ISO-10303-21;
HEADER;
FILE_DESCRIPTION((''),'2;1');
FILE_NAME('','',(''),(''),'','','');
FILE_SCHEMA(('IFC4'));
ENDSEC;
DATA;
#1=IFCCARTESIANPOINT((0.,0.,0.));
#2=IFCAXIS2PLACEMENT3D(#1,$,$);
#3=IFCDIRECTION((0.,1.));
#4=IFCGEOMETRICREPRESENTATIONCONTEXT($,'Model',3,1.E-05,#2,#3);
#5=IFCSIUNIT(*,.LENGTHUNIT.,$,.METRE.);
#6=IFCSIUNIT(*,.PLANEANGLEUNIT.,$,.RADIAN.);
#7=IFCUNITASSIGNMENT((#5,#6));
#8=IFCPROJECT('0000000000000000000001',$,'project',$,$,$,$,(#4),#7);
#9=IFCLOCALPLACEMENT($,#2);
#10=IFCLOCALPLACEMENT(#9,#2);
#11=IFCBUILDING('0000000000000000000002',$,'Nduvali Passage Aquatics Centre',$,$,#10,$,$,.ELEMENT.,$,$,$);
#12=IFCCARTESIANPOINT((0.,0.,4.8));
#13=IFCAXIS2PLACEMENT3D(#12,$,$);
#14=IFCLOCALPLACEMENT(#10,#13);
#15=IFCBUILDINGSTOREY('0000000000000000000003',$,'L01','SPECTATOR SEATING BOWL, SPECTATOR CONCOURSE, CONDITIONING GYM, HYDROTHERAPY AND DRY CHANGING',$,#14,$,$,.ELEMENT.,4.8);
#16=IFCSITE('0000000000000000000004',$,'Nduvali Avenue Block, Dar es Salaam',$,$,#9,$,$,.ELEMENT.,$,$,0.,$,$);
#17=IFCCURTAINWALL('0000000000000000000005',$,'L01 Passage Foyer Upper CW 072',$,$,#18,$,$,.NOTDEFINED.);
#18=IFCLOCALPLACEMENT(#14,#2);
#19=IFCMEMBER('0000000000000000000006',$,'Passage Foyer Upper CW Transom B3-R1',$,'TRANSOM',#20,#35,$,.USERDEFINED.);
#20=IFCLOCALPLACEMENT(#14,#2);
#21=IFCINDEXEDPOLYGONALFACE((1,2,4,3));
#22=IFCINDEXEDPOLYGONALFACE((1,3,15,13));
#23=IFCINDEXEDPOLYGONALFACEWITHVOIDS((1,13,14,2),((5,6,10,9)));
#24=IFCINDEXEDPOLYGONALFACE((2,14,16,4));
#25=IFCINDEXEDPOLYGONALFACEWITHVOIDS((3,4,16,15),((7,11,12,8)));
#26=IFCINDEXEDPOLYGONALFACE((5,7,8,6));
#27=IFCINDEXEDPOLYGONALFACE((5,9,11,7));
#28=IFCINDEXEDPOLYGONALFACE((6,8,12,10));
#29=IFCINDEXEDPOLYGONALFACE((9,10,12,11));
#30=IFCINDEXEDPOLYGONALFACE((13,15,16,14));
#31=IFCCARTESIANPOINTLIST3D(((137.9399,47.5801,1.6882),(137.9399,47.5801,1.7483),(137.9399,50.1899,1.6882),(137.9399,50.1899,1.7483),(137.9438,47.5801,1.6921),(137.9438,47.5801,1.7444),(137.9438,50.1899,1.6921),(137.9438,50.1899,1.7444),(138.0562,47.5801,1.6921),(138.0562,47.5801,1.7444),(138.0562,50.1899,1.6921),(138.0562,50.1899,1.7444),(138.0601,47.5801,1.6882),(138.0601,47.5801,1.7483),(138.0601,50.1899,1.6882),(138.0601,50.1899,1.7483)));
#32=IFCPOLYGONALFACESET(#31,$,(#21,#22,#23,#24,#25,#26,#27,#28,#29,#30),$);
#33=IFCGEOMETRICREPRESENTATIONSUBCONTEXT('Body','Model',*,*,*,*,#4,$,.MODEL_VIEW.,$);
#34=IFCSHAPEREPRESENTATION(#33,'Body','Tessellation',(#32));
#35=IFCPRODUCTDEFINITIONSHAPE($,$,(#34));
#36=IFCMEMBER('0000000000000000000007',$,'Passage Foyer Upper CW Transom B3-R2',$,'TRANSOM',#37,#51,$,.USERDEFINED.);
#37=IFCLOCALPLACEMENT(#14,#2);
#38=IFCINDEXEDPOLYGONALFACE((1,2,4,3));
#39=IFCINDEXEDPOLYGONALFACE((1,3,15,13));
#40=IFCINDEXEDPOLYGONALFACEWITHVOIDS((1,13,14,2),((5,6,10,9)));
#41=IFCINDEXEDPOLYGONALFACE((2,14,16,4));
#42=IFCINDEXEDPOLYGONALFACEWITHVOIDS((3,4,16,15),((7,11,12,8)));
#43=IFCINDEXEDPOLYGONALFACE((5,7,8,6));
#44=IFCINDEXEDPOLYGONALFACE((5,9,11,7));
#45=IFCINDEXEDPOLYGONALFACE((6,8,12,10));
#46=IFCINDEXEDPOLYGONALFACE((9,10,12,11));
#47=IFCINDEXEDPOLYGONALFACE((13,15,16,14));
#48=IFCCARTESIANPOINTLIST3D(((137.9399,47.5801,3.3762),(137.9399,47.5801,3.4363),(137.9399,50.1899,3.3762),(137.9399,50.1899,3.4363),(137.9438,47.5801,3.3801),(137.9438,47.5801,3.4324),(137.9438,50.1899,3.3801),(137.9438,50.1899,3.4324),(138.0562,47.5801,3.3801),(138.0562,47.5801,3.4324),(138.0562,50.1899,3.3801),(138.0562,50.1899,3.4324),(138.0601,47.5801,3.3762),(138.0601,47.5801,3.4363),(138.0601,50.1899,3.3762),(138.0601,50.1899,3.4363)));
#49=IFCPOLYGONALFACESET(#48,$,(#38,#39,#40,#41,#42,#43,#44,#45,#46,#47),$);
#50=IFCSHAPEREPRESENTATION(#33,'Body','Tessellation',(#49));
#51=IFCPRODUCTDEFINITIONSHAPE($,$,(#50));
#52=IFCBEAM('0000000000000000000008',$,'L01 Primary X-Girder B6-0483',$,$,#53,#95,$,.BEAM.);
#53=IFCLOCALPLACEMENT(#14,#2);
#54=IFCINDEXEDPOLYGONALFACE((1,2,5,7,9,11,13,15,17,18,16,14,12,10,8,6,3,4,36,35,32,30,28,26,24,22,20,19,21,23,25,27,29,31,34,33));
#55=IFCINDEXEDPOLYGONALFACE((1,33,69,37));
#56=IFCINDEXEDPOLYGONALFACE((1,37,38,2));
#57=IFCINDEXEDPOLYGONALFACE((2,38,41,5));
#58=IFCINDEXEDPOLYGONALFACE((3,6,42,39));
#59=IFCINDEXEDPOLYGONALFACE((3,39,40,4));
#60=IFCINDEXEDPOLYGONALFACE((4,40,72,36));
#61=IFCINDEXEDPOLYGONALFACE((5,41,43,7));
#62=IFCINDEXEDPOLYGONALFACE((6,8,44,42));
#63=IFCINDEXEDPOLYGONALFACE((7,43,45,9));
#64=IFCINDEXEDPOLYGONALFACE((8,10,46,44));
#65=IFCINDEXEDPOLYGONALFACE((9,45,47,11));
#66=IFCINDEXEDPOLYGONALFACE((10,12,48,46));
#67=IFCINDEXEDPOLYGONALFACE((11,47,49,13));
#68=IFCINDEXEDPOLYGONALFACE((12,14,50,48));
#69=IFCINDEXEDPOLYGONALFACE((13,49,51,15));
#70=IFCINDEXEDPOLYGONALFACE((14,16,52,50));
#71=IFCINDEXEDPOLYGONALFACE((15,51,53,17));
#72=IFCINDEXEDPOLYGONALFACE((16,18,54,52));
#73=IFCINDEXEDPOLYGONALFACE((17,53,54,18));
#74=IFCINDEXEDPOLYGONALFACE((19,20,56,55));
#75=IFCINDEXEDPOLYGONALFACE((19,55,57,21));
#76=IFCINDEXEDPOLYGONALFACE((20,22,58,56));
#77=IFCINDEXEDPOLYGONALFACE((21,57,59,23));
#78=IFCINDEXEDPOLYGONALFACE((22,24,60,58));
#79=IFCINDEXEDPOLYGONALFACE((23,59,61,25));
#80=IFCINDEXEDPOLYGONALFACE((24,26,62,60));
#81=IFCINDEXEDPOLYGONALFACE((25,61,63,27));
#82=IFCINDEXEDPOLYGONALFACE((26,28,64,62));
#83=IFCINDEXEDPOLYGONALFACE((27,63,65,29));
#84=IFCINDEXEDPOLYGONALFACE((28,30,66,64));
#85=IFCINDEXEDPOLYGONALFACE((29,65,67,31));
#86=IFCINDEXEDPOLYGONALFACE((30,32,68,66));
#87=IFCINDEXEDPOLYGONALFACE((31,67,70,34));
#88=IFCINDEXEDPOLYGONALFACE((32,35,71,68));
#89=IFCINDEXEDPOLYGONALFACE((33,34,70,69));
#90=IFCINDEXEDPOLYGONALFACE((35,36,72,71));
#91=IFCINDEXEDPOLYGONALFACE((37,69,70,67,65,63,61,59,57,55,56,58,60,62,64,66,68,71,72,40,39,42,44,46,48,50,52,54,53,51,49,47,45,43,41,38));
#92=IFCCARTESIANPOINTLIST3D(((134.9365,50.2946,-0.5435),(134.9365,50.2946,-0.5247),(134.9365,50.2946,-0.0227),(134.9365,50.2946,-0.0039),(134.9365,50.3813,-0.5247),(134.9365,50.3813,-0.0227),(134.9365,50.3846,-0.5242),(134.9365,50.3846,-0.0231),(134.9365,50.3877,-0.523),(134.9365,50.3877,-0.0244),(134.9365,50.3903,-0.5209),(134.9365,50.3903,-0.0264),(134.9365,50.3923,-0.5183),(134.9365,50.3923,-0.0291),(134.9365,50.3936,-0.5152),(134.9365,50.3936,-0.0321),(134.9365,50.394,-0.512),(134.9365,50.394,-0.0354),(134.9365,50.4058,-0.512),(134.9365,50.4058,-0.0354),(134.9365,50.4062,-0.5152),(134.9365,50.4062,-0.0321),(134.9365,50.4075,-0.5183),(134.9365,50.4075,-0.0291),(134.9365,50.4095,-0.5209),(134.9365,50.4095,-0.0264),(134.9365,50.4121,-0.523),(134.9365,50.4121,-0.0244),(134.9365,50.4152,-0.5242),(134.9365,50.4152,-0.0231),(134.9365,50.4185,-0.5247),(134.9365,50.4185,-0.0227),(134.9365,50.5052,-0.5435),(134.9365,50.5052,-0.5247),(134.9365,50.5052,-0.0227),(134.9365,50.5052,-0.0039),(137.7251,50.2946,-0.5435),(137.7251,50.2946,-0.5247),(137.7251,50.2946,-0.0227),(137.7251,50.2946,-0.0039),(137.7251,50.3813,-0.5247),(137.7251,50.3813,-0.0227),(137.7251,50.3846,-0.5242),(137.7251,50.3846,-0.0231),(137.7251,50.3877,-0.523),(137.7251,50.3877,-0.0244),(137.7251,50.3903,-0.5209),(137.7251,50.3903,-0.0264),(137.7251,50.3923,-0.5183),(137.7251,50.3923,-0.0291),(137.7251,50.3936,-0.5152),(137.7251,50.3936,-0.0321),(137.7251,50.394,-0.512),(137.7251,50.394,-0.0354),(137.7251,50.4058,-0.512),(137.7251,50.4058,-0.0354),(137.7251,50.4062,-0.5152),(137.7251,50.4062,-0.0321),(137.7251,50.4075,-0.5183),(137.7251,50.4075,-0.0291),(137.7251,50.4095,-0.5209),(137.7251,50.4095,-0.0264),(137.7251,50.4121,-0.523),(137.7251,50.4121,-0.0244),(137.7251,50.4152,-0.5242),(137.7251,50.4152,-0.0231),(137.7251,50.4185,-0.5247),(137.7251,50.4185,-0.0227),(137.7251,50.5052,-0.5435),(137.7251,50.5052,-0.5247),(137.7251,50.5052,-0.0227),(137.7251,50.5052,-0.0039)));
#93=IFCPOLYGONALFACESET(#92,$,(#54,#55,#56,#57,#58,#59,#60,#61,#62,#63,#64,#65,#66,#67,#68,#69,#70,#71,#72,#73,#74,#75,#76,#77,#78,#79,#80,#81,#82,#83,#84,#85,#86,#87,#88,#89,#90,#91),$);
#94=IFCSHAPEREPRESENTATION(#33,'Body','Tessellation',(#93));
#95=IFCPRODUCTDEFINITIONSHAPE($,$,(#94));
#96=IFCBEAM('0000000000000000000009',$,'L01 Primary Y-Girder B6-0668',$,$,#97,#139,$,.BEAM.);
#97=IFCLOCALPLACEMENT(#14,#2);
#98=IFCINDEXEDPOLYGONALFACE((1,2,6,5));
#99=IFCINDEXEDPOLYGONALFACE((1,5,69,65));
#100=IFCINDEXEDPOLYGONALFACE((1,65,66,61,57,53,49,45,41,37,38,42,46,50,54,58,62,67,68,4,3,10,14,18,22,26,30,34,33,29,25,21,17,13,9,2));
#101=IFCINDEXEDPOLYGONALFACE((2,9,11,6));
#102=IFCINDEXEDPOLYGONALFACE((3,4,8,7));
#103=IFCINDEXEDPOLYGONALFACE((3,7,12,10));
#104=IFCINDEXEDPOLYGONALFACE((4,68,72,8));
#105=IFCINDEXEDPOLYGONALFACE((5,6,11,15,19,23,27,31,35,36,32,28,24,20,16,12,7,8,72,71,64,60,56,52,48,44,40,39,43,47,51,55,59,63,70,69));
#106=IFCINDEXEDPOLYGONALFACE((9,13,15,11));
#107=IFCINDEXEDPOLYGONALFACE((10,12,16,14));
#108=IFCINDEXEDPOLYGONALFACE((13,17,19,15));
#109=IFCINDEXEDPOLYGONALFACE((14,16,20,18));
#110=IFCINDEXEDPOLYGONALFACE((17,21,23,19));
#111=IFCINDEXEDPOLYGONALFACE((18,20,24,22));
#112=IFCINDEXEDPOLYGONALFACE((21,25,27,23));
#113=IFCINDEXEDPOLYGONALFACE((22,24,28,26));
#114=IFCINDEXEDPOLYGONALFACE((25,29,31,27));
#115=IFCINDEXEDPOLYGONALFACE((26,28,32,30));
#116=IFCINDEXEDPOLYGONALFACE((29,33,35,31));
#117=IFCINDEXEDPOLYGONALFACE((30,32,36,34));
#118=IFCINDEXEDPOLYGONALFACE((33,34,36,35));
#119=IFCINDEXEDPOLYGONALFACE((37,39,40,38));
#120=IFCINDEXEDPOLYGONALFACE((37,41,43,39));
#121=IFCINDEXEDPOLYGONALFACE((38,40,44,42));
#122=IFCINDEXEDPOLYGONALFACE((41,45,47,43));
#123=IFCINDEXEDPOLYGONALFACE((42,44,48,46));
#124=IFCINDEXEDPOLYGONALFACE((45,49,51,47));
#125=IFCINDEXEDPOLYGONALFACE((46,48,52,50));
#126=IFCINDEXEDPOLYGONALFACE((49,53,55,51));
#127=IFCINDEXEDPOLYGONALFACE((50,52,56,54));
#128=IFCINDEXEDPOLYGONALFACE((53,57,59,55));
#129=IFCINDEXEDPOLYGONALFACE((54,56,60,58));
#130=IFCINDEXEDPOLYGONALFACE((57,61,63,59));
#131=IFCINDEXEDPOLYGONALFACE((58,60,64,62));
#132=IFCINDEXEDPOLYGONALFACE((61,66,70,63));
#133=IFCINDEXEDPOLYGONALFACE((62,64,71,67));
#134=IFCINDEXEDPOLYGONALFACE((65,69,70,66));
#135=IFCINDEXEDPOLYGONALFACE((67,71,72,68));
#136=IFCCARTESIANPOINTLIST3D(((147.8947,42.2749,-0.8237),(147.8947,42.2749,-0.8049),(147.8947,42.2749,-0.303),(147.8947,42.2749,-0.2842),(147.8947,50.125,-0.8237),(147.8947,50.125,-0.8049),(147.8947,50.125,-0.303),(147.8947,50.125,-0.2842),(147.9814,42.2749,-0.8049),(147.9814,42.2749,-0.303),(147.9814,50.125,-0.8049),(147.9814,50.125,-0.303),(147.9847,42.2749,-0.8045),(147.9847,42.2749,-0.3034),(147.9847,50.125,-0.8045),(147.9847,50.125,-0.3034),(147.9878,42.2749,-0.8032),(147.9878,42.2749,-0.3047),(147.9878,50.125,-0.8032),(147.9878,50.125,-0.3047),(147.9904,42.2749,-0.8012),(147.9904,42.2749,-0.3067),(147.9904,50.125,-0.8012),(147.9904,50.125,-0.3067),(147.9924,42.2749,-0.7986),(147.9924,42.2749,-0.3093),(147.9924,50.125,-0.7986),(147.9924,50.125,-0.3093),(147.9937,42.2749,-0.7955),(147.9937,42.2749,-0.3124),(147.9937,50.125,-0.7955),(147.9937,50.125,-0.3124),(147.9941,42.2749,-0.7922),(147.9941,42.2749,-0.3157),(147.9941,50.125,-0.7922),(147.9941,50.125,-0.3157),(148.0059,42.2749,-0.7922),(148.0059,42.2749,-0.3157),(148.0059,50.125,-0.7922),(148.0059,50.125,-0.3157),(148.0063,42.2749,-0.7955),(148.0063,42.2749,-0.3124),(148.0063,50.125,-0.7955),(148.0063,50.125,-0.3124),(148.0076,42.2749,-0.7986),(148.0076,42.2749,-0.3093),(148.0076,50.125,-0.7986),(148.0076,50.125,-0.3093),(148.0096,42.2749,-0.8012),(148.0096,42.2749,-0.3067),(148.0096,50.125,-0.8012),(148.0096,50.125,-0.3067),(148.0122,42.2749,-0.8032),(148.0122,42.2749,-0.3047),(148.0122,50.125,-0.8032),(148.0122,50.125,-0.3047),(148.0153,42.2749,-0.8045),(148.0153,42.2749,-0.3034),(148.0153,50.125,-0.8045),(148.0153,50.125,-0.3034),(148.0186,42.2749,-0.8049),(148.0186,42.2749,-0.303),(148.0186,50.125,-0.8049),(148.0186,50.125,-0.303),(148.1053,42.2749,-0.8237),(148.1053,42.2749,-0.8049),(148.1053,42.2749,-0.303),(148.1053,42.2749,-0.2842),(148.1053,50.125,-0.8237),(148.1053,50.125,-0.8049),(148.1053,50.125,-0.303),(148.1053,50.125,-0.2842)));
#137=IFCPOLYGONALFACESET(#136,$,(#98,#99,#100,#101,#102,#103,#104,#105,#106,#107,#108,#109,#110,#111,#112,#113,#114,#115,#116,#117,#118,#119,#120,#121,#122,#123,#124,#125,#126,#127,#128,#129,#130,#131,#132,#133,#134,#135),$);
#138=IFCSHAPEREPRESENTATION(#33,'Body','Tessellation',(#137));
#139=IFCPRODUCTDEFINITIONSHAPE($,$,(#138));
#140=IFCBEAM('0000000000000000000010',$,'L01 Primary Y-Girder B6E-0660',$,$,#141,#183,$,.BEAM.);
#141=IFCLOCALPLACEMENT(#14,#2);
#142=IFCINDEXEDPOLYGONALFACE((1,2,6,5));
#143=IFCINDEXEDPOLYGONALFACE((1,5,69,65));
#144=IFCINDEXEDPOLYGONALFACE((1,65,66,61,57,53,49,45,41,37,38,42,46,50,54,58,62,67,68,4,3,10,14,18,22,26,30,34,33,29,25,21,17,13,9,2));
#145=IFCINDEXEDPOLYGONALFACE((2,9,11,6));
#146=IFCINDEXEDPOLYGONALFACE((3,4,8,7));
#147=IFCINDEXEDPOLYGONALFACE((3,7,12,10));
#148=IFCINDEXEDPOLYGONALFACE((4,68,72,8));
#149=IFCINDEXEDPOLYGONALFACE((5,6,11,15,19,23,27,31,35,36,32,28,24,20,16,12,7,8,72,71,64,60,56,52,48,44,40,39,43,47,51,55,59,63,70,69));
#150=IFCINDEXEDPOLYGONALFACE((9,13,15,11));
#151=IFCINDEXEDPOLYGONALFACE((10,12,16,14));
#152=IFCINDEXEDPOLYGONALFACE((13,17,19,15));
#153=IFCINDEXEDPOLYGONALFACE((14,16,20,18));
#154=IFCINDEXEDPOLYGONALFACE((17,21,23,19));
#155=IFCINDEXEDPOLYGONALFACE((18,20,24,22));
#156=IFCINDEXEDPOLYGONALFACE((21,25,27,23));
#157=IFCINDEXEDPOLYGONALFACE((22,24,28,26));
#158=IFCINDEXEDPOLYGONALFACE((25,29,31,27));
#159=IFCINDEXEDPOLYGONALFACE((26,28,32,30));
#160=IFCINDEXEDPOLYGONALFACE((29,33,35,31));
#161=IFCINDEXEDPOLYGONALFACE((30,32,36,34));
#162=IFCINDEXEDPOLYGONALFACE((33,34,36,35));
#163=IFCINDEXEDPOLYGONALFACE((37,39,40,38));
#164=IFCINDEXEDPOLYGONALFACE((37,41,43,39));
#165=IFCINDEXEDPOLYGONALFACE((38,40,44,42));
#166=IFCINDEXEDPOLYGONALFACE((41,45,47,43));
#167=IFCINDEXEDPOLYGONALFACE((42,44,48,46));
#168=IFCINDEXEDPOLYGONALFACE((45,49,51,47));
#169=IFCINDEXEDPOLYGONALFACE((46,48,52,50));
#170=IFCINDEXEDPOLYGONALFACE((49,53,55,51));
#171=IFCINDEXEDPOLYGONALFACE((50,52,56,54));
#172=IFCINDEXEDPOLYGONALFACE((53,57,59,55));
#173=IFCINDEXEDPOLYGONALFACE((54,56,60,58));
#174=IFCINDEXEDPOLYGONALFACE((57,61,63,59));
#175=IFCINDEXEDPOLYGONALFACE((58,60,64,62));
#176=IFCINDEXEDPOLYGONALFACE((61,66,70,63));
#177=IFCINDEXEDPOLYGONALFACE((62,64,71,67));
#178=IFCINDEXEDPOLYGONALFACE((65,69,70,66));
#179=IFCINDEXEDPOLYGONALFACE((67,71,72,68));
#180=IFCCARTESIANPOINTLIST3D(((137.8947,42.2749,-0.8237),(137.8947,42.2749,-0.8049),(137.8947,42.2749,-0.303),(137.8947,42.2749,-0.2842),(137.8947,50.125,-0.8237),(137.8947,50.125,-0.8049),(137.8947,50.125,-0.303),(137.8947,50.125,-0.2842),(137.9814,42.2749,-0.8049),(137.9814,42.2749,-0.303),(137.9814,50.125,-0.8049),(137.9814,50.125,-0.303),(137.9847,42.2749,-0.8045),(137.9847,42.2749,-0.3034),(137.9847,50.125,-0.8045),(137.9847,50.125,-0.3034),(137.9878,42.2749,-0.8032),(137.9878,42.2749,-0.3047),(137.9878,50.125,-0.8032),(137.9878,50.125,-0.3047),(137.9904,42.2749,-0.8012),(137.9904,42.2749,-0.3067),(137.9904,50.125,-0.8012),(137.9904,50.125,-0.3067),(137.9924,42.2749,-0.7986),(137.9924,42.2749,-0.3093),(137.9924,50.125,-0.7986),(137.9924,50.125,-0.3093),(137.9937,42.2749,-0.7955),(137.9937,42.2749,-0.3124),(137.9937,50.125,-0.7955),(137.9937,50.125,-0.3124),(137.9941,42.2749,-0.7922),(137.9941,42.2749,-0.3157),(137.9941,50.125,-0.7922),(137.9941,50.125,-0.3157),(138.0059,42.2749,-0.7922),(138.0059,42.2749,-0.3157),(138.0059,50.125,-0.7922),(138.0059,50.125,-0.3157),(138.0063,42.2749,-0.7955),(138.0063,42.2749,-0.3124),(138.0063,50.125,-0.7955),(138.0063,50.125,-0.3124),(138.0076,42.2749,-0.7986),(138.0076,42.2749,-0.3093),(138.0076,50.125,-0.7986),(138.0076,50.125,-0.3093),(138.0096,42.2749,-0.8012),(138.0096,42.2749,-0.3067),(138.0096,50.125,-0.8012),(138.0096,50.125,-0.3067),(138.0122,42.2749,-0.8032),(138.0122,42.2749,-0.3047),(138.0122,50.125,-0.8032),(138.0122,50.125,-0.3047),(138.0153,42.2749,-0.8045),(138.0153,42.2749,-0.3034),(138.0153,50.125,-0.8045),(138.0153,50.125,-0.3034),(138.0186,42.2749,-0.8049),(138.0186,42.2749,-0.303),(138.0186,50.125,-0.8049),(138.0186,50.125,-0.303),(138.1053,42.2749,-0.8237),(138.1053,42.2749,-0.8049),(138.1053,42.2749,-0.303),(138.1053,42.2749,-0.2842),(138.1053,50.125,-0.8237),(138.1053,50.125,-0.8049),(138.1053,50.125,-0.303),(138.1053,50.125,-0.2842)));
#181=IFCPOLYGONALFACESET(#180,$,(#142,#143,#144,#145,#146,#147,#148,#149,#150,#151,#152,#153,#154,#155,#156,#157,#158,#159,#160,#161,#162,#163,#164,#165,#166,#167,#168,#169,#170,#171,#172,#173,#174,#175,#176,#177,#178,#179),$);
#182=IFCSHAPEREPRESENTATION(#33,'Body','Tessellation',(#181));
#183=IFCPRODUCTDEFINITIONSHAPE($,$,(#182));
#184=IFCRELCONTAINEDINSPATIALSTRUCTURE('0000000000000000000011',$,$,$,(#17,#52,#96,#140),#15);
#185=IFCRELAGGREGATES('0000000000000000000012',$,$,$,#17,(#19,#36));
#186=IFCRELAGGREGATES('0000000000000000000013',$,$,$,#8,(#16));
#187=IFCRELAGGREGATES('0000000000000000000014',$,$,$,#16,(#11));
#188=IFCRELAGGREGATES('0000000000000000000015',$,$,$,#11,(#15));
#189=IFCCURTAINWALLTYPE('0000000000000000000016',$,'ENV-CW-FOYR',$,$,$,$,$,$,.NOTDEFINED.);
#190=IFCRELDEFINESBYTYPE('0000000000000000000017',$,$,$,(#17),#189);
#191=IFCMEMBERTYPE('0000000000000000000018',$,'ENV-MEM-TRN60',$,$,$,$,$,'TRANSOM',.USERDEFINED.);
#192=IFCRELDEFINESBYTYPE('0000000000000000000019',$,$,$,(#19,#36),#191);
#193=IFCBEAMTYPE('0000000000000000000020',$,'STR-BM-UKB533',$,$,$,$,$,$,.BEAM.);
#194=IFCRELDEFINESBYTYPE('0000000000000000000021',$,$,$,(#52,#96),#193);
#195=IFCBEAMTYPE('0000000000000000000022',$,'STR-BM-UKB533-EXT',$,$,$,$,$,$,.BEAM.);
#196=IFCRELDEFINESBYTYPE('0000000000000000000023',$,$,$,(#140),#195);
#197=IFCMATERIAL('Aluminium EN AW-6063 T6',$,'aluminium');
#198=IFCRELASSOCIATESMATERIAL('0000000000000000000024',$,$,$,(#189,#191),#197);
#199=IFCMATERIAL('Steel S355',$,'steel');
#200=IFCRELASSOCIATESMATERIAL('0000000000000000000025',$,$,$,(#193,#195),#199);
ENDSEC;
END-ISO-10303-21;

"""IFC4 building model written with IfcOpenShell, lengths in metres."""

from ifc_helpers import new_model, si_unit, direction, frame, origin, origin_2d, place, context, subcontext, project, spatial, hollow_rectangle, i_section, extrude, material, material_profile, profile_set, type_object, element, aggregate, save


model = new_model("IFC4")

# Units and contexts
model_context = context("Model", 3, precision=1e-05, world=origin(), true_north=direction((0.0, 1.0)))
body_context = subcontext(model_context, "Body", "Model", "MODEL_VIEW")
ifc_project = project(units=[si_unit("LENGTHUNIT", "METRE"), si_unit("PLANEANGLEUNIT", "RADIAN")], contexts=[model_context])

# Site, building, storey
site_placement = place(None, origin())
site = spatial("IfcSite", under=ifc_project, at=site_placement, Name="Nduvali Avenue Block, Dar es Salaam", CompositionType="ELEMENT", RefElevation=0.0)
building_placement = place(site_placement, origin())
building = spatial("IfcBuilding", under=site, at=building_placement, Name="Nduvali Passage Aquatics Centre", CompositionType="ELEMENT")
storey_placement = place(building_placement, frame((0.0, 0.0, 4.8)))
storey = spatial("IfcBuildingStorey", under=building, at=storey_placement, Name="L01", Description="SPECTATOR SEATING BOWL, SPECTATOR CONCOURSE, CONDITIONING GYM, HYDROTHERAPY AND DRY CHANGING", CompositionType="ELEMENT", Elevation=4.8)

# Shared definitions
ifc_material_1 = material(Name="Steel S355", Category="steel")

# Curtain wall
ifc_material_2 = material(Name="Aluminium EN AW-6063 T6", Category="aluminium")
curtain_wall_type = type_object("IfcCurtainWallType", Name="ENV-CW-FOYR", PredefinedType="NOTDEFINED", material=ifc_material_2)
curtain_wall_1_placement = place(storey_placement, origin())
curtain_wall_1 = element("IfcCurtainWall", 1, at=curtain_wall_1_placement, inside=storey, type_object=curtain_wall_type, Name="L01 Passage Foyer Upper CW 072", PredefinedType="NOTDEFINED")

# Members
ifc_material_profile_1 = material_profile(ifc_material_2, hollow_rectangle(XDim=0.1201, YDim=0.0601, WallThickness=0.0039, at=origin_2d()), Name="ALU TRANSOM 120x60x4")
ifc_profile_set_1 = profile_set([ifc_material_profile_1], Name="Aluminium EN AW-6063 T6")
member_type_1 = type_object("IfcMemberType", Name="ENV-MEM-TRN60", ElementType="TRANSOM", PredefinedType="USERDEFINED", material=ifc_profile_set_1)
member_1_placement = place(storey_placement, frame((138.0, 47.5801, 1.7183), z_axis=(0.0, 1.0, 0.0), x_axis=(-1.0, 0.0, 0.0)))
member_1 = element("IfcMember", 2, at=member_1_placement, type_object=member_type_1, Name="Passage Foyer Upper CW Transom B3-R1", ObjectType="TRANSOM", PredefinedType="USERDEFINED", context=body_context, shape_type="SweptSolid", body=[
    extrude(hollow_rectangle(XDim=0.1201, YDim=0.0601, WallThickness=0.0039, at=origin_2d()), origin(), (0.0, 0.0, 1.0), 2.6099),
])
member_2_placement = place(storey_placement, frame((138.0, 47.5801, 3.4062), z_axis=(0.0, 1.0, 0.0), x_axis=(-1.0, 0.0, 0.0)))
member_2 = element("IfcMember", 3, at=member_2_placement, type_object=member_type_1, Name="Passage Foyer Upper CW Transom B3-R2", ObjectType="TRANSOM", PredefinedType="USERDEFINED", context=body_context, shape_type="SweptSolid", body=[
    extrude(hollow_rectangle(XDim=0.1201, YDim=0.0601, WallThickness=0.0039, at=origin_2d()), origin(), (0.0, 0.0, 1.0), 2.6099),
])

# Beams
ifc_material_profile_2 = material_profile(ifc_material_1, i_section(OverallWidth=0.2107, OverallDepth=0.5396, WebThickness=0.0117, FlangeThickness=0.0188, FilletRadius=0.0127, at=origin_2d()), Name="UKB 533x210x109")
ifc_profile_set_2 = profile_set([ifc_material_profile_2], Name="Steel S355")
beam_type_1 = type_object("IfcBeamType", Name="STR-BM-UKB533", PredefinedType="BEAM", material=ifc_profile_set_2)
beam_1_placement = place(storey_placement, frame((134.9365, 50.3999, -0.2737), z_axis=(1.0, 0.0, 0.0), x_axis=(0.0, 1.0, 0.0)))
element("IfcBeam", 4, at=beam_1_placement, inside=storey, type_object=beam_type_1, Name="L01 Primary X-Girder B6-0483", PredefinedType="BEAM", context=body_context, shape_type="SweptSolid", body=[
    extrude(i_section(OverallWidth=0.2107, OverallDepth=0.5396, WebThickness=0.0117, FlangeThickness=0.0188, FilletRadius=0.0127, at=origin_2d()), origin(), (0.0, 0.0, 1.0), 2.7886),
])
beam_2_placement = place(storey_placement, frame((148.0, 42.2749, -0.554), z_axis=(0.0, 1.0, 0.0), x_axis=(-1.0, 0.0, 0.0)))
element("IfcBeam", 5, at=beam_2_placement, inside=storey, type_object=beam_type_1, Name="L01 Primary Y-Girder B6-0668", PredefinedType="BEAM", context=body_context, shape_type="SweptSolid", body=[
    extrude(i_section(OverallWidth=0.2107, OverallDepth=0.5396, WebThickness=0.0117, FlangeThickness=0.0188, FilletRadius=0.0127, at=origin_2d()), origin(), (0.0, 0.0, 1.0), 7.8501),
])
ifc_material_profile_3 = material_profile(ifc_material_1, i_section(OverallWidth=0.2107, OverallDepth=0.5396, WebThickness=0.0117, FlangeThickness=0.0188, FilletRadius=0.0127, at=origin_2d()), Name="UKB 533x210x109")
ifc_profile_set_3 = profile_set([ifc_material_profile_3], Name="Steel S355")
beam_type_2 = type_object("IfcBeamType", Name="STR-BM-UKB533-EXT", PredefinedType="BEAM", material=ifc_profile_set_3)
beam_3_placement = place(storey_placement, frame((138.0, 42.2749, -0.554), z_axis=(0.0, 1.0, 0.0), x_axis=(-1.0, 0.0, 0.0)))
element("IfcBeam", 6, at=beam_3_placement, inside=storey, type_object=beam_type_2, Name="L01 Primary Y-Girder B6E-0660", PredefinedType="BEAM", context=body_context, shape_type="SweptSolid", body=[
    extrude(i_section(OverallWidth=0.2107, OverallDepth=0.5396, WebThickness=0.0117, FlangeThickness=0.0188, FilletRadius=0.0127, at=origin_2d()), origin(), (0.0, 0.0, 1.0), 7.8501),
])

aggregate(curtain_wall_1, [member_1, member_2])

save(model, "model.ifc")
